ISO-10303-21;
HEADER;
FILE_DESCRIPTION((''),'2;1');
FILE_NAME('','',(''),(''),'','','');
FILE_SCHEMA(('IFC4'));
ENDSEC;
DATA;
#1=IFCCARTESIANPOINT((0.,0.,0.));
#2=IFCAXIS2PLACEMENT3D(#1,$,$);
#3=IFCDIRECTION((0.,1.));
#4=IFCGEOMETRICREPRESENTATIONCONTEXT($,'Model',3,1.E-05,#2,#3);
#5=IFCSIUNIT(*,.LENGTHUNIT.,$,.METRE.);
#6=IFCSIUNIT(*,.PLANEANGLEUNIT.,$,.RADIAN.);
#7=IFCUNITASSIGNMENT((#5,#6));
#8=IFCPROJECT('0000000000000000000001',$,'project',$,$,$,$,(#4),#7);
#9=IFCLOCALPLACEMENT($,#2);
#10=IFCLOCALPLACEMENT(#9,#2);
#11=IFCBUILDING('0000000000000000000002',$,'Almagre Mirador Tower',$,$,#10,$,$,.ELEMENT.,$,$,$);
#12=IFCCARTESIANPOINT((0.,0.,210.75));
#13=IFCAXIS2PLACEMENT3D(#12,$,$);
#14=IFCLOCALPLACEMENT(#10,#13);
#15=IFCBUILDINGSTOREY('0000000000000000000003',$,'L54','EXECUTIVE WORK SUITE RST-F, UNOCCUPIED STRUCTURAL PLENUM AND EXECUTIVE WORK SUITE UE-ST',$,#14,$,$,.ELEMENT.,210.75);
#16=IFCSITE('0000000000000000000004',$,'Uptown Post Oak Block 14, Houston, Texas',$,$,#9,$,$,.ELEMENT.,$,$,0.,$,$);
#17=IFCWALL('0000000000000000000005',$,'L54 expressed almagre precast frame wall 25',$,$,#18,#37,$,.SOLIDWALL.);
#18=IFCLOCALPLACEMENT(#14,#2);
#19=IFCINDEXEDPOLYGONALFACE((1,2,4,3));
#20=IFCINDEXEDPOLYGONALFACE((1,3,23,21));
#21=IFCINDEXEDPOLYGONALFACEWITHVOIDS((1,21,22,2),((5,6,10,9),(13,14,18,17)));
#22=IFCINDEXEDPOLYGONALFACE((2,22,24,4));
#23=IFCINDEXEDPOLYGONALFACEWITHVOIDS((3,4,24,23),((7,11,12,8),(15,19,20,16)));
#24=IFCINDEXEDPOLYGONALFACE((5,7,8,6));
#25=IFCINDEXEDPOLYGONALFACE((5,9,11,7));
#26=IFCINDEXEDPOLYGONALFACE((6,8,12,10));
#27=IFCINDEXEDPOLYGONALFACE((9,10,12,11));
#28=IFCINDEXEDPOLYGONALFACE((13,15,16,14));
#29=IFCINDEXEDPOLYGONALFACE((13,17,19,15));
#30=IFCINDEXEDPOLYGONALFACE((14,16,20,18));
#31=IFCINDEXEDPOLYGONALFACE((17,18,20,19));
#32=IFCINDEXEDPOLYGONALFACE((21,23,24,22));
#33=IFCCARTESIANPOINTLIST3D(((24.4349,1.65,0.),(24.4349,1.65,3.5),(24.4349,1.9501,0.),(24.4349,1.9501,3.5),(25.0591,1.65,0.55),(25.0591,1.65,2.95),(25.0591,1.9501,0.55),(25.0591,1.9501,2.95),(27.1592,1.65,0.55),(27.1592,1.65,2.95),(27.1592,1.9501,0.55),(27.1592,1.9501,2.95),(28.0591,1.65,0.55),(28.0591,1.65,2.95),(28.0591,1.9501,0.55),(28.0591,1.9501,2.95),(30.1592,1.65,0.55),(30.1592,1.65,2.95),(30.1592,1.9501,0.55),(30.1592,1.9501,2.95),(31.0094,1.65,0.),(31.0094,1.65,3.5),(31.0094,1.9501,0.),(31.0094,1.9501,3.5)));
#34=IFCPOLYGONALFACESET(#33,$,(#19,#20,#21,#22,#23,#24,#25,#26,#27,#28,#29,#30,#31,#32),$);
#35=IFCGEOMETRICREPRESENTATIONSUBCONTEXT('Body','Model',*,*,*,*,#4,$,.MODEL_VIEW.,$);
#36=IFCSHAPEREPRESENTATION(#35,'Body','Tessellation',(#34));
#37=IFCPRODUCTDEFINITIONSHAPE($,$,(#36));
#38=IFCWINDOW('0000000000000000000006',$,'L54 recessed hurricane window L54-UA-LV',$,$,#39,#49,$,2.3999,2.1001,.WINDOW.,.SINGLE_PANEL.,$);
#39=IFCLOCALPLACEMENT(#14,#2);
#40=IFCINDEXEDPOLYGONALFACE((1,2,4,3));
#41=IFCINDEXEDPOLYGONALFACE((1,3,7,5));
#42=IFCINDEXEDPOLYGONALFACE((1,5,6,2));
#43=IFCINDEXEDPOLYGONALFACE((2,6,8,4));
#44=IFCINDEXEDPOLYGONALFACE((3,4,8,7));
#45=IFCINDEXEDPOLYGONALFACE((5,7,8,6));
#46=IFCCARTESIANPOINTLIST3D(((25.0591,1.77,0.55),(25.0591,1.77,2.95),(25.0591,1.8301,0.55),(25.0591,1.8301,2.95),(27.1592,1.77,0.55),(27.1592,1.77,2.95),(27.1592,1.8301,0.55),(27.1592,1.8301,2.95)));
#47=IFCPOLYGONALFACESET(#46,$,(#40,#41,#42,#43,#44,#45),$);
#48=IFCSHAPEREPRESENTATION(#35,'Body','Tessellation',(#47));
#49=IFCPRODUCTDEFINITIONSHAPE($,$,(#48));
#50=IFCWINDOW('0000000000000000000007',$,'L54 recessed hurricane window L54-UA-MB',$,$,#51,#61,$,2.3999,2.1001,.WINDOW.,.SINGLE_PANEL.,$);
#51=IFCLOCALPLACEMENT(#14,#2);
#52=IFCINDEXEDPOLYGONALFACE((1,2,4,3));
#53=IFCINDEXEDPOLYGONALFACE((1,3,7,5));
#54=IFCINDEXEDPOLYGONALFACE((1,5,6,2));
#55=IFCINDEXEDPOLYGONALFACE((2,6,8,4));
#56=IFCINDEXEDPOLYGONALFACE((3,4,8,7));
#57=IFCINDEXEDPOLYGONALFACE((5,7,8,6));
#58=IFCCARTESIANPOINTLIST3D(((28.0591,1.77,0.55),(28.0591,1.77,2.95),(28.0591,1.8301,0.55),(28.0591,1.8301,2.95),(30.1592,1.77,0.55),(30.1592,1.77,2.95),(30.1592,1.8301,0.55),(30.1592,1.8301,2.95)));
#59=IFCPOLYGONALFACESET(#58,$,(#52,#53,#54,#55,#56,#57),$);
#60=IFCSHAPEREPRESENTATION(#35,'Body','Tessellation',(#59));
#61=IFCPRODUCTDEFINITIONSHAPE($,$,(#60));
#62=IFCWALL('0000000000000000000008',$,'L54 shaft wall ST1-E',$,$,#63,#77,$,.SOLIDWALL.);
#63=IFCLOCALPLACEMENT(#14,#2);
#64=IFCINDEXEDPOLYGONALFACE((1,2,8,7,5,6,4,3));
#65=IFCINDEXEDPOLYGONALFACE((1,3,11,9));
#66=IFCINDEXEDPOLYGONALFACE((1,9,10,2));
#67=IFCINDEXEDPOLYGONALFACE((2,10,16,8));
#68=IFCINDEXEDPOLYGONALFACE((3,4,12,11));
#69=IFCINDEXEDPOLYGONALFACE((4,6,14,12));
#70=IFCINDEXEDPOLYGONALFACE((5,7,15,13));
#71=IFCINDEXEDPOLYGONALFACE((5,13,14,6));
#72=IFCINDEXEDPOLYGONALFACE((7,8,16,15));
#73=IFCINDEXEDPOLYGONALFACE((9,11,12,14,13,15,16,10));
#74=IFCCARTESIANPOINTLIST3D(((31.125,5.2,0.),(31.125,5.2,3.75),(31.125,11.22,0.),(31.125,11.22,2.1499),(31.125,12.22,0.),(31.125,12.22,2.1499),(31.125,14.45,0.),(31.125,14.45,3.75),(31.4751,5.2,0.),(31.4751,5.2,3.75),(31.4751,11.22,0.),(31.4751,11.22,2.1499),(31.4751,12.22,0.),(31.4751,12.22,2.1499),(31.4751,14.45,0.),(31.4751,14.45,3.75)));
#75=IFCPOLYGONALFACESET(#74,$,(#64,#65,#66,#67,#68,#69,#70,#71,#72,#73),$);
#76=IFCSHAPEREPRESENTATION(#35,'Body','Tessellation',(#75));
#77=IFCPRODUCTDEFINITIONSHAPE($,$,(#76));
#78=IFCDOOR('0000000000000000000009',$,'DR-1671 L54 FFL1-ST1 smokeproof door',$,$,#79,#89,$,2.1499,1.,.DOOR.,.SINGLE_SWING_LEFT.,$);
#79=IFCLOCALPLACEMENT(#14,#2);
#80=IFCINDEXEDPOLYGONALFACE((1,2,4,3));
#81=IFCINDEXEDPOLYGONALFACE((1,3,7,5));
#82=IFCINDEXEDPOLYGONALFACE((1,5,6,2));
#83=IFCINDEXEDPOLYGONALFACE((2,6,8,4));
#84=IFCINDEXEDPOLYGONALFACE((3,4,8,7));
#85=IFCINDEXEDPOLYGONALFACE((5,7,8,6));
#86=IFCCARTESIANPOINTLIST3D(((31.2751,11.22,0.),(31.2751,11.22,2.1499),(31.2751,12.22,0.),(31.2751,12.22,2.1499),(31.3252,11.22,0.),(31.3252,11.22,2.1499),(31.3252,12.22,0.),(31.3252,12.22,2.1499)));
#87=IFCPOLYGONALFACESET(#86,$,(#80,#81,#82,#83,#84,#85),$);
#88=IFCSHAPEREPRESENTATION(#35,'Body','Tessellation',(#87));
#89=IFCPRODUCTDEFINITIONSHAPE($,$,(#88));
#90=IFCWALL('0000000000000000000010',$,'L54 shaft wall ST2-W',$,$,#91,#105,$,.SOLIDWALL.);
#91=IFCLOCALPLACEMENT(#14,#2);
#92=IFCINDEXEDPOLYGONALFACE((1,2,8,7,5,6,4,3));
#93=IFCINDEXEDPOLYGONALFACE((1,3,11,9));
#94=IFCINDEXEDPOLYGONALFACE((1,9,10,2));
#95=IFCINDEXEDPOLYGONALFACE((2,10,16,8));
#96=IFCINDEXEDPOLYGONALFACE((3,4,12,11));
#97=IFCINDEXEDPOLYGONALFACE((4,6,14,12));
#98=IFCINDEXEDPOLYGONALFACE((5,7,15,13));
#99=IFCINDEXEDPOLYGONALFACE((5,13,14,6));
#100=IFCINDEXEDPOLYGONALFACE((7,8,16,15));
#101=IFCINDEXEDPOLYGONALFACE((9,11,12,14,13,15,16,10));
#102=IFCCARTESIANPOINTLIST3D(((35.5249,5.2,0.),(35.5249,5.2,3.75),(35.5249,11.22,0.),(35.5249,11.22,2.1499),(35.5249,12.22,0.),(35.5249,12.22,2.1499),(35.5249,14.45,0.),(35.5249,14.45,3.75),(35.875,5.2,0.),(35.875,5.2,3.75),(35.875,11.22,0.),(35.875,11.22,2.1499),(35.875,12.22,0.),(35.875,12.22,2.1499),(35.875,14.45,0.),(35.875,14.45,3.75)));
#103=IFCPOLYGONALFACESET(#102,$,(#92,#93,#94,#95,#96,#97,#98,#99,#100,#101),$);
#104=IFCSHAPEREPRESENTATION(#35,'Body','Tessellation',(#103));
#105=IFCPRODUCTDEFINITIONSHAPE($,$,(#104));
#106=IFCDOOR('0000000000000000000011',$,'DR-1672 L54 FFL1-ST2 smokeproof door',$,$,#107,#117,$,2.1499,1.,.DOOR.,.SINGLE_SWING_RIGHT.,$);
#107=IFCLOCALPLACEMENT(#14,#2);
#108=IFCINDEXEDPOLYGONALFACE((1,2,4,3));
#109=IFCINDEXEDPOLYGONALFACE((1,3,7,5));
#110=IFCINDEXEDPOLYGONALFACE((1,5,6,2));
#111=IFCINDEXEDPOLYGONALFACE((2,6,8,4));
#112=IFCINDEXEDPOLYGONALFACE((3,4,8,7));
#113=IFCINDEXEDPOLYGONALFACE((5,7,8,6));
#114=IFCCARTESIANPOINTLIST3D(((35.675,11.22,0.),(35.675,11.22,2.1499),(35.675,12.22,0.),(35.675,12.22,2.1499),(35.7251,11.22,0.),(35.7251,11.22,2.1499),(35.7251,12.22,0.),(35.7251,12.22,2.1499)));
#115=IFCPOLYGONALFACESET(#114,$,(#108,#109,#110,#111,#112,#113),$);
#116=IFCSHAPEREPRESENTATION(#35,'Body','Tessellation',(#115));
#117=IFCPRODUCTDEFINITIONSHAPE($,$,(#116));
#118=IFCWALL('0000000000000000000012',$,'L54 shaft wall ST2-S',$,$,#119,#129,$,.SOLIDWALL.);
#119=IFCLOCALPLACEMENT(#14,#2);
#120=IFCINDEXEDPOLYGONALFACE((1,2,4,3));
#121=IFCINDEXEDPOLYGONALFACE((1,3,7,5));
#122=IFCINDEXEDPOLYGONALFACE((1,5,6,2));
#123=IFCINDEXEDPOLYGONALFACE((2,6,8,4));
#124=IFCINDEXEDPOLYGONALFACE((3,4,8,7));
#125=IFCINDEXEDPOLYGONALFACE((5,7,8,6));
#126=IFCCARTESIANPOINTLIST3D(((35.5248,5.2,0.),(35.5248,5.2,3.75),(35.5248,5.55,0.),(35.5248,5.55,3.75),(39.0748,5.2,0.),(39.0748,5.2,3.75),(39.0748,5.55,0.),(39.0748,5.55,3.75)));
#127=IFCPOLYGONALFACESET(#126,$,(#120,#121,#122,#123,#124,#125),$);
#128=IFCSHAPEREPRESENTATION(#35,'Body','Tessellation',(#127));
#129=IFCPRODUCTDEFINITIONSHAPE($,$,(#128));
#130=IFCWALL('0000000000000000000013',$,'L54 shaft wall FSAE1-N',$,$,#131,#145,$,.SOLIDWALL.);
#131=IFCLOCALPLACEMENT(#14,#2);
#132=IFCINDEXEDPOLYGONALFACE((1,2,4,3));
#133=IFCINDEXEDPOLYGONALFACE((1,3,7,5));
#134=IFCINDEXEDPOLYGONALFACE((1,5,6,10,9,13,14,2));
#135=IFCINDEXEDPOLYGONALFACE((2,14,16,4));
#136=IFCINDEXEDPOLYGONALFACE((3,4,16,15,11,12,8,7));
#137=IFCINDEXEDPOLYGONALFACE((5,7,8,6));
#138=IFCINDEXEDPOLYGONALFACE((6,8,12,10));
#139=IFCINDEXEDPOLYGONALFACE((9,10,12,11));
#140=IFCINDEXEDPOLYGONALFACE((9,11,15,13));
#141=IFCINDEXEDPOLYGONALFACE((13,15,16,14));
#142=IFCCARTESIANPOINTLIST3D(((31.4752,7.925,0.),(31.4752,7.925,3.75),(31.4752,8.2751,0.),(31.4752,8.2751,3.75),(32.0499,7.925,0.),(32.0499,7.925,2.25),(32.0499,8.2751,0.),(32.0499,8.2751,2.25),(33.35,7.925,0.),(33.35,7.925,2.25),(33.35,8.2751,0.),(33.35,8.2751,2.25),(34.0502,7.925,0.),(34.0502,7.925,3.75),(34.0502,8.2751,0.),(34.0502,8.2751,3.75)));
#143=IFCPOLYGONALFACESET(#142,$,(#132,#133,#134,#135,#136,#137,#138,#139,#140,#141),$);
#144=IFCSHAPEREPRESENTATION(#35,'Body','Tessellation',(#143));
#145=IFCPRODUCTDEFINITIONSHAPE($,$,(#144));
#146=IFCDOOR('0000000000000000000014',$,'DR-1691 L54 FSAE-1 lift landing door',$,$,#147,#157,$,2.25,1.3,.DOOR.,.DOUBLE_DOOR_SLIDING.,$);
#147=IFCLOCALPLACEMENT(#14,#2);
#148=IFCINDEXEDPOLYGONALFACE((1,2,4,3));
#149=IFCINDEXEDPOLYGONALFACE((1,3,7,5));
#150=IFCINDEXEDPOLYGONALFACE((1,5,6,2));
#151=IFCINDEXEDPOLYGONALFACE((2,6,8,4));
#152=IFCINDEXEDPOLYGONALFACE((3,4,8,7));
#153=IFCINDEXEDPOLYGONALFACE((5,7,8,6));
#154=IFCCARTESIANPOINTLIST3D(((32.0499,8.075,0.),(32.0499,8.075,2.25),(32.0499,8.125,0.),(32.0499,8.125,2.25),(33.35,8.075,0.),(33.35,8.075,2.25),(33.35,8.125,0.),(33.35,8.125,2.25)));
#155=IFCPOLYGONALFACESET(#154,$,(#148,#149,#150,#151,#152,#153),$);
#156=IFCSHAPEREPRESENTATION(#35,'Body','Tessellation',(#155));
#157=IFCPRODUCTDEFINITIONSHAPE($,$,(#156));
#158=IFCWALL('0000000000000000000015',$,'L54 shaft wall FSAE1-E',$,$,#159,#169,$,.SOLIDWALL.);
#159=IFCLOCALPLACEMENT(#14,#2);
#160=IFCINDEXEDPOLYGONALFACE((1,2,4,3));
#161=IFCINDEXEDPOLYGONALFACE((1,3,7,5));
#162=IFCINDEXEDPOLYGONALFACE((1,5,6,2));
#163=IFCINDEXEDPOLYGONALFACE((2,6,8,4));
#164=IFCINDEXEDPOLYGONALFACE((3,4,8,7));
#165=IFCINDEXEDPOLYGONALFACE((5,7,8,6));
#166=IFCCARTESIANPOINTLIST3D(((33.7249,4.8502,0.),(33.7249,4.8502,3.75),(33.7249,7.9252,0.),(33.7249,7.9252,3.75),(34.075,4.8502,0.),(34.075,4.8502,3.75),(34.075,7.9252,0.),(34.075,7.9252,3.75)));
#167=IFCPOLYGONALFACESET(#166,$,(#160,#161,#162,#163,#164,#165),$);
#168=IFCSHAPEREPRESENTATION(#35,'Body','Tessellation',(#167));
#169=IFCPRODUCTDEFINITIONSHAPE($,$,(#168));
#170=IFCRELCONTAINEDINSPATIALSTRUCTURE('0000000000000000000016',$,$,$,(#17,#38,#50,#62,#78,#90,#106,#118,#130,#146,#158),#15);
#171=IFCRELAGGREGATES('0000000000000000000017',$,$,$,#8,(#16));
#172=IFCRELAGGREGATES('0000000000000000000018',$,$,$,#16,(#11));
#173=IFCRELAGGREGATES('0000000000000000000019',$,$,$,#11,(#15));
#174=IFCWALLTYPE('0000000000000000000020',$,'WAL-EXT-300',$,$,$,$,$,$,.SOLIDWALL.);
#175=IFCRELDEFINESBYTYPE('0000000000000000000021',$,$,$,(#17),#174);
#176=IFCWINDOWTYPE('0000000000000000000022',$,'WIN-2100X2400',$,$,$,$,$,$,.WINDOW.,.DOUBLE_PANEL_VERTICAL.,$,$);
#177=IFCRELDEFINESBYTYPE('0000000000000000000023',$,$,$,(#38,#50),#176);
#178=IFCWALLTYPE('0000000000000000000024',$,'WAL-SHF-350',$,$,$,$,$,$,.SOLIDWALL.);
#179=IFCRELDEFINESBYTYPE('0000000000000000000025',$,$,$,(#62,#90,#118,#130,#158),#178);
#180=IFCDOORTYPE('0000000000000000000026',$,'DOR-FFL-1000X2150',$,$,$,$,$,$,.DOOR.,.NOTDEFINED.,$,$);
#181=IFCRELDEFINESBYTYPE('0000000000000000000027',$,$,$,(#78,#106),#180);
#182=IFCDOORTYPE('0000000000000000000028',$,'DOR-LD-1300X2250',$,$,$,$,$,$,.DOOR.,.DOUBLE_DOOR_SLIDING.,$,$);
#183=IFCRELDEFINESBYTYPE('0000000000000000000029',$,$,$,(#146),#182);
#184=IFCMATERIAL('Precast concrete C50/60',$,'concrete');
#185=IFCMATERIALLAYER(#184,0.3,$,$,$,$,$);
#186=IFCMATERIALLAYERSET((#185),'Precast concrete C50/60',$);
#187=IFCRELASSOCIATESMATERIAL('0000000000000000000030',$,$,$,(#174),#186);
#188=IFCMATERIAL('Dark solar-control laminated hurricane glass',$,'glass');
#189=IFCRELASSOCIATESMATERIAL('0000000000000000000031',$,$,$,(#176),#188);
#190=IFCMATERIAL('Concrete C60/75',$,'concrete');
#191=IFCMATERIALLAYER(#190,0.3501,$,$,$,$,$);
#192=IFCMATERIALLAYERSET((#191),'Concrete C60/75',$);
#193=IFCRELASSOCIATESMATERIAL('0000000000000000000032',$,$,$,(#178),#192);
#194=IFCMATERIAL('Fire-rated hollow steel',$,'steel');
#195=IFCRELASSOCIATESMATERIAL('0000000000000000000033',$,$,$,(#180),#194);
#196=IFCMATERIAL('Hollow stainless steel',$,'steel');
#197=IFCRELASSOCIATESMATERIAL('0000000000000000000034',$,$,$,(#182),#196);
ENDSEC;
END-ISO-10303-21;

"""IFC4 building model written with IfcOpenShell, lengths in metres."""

from ifc_helpers import new_model, si_unit, direction, frame, frame_2d, origin, place, context, subcontext, project, spatial, rectangle, extrude, material, layer, layer_set, type_object, element, fill, save


model = new_model("IFC4")

# Units and contexts
model_context = context("Model", 3, precision=1e-05, world=origin(), true_north=direction((0.0, 1.0)))
body_context = subcontext(model_context, "Body", "Model", "MODEL_VIEW")
ifc_project = project(units=[si_unit("LENGTHUNIT", "METRE"), si_unit("PLANEANGLEUNIT", "RADIAN")], contexts=[model_context])

# Site, building, storey
site_placement = place(None, origin())
site = spatial("IfcSite", under=ifc_project, at=site_placement, Name="Uptown Post Oak Block 14, Houston, Texas", CompositionType="ELEMENT", RefElevation=0.0)
building_placement = place(site_placement, origin())
building = spatial("IfcBuilding", under=site, at=building_placement, Name="Almagre Mirador Tower", CompositionType="ELEMENT")
storey_placement = place(building_placement, frame((0.0, 0.0, 210.75)))
storey = spatial("IfcBuildingStorey", under=building, at=storey_placement, Name="L54", Description="EXECUTIVE WORK SUITE RST-F, UNOCCUPIED STRUCTURAL PLENUM AND EXECUTIVE WORK SUITE UE-ST", CompositionType="ELEMENT", Elevation=210.75)

# Wall, openings, windows
ifc_material_1 = material(Name="Precast concrete C50/60", Category="concrete")
ifc_layer_1 = layer(ifc_material_1, 0.3)
ifc_layer_set_1 = layer_set([ifc_layer_1], Name="Precast concrete C50/60")
wall_type_1 = type_object("IfcWallType", Name="WAL-EXT-300", PredefinedType="SOLIDWALL", material=ifc_layer_set_1)
wall_1_placement = place(storey_placement, frame((31.0093, 1.8, 0.0), z_axis=(0.0, 0.0, 1.0), x_axis=(-1.0, 0.0, 0.0)))
wall_1 = element("IfcWall", 1, at=wall_1_placement, inside=storey, type_object=wall_type_1, Name="L54 expressed almagre precast frame wall 25", PredefinedType="SOLIDWALL", context=body_context, shape_type="SweptSolid", body=[
    extrude(rectangle(XDim=6.5745, YDim=0.3, at=frame_2d((3.2871, 0.0))), origin(), (0.0, 0.0, 1.0), 3.5),
])
opening_1_placement = place(wall_1_placement, frame((3.8501, 0.0, 0.55)))
opening_1 = element("IfcOpeningElement", 2, at=opening_1_placement, cuts=wall_1, PredefinedType="OPENING", context=body_context, shape_type="SweptSolid", body=[
    extrude(rectangle(XDim=2.1001, YDim=2.3999, at=frame_2d((1.05, 1.2))), frame((0.0, 0.1599, 0.0), z_axis=(0.0, -1.0, 0.0), x_axis=(1.0, 0.0, 0.0)), (0.0, 0.0, 1.0), 0.32),
])
opening_2_placement = place(wall_1_placement, frame((0.8501, 0.0, 0.55)))
opening_2 = element("IfcOpeningElement", 3, at=opening_2_placement, cuts=wall_1, PredefinedType="OPENING", context=body_context, shape_type="SweptSolid", body=[
    extrude(rectangle(XDim=2.1001, YDim=2.3999, at=frame_2d((1.05, 1.2))), frame((0.0, 0.1599, 0.0), z_axis=(0.0, -1.0, 0.0), x_axis=(1.0, 0.0, 0.0)), (0.0, 0.0, 1.0), 0.32),
])
ifc_material_2 = material(Name="Dark solar-control laminated hurricane glass", Category="glass")
window_type = type_object("IfcWindowType", Name="WIN-2100X2400", PartitioningType="DOUBLE_PANEL_VERTICAL", PredefinedType="WINDOW", material=ifc_material_2)
window_1_placement = place(opening_1_placement, origin())
window_1 = element("IfcWindow", 4, at=window_1_placement, inside=storey, type_object=window_type, Name="L54 recessed hurricane window L54-UA-LV", OverallHeight=2.3999, OverallWidth=2.1001, PartitioningType="SINGLE_PANEL", PredefinedType="WINDOW", context=body_context, shape_type="SweptSolid", body=[
    extrude(rectangle(XDim=2.1001, YDim=2.3999, at=frame_2d((1.05, 1.2))), frame((0.0, 0.03, 0.0), z_axis=(0.0, -1.0, 0.0), x_axis=(1.0, 0.0, 0.0)), (0.0, 0.0, 1.0), 0.0601),
])
fill(opening_1, window_1)
window_2_placement = place(opening_2_placement, origin())
window_2 = element("IfcWindow", 5, at=window_2_placement, inside=storey, type_object=window_type, Name="L54 recessed hurricane window L54-UA-MB", OverallHeight=2.3999, OverallWidth=2.1001, PartitioningType="SINGLE_PANEL", PredefinedType="WINDOW", context=body_context, shape_type="SweptSolid", body=[
    extrude(rectangle(XDim=2.1001, YDim=2.3999, at=frame_2d((1.05, 1.2))), frame((0.0, 0.03, 0.0), z_axis=(0.0, -1.0, 0.0), x_axis=(1.0, 0.0, 0.0)), (0.0, 0.0, 1.0), 0.0601),
])
fill(opening_2, window_2)

# Walls, openings, doors
ifc_material_3 = material(Name="Concrete C60/75", Category="concrete")
ifc_layer_2 = layer(ifc_material_3, 0.3501)
ifc_layer_set_2 = layer_set([ifc_layer_2], Name="Concrete C60/75")
wall_type_2 = type_object("IfcWallType", Name="WAL-SHF-350", PredefinedType="SOLIDWALL", material=ifc_layer_set_2)
wall_2_placement = place(storey_placement, frame((31.3, 5.2, 0.0), z_axis=(0.0, 0.0, 1.0), x_axis=(0.0, 1.0, 0.0)))
wall_2 = element("IfcWall", 6, at=wall_2_placement, inside=storey, type_object=wall_type_2, Name="L54 shaft wall ST1-E", PredefinedType="SOLIDWALL", context=body_context, shape_type="SweptSolid", body=[
    extrude(rectangle(XDim=9.25, YDim=0.3501, at=frame_2d((4.625, 0.0))), origin(), (0.0, 0.0, 1.0), 3.75),
])
opening_3_placement = place(wall_2_placement, frame((6.02, 0.0, 0.0)))
opening_3 = element("IfcOpeningElement", 7, at=opening_3_placement, cuts=wall_2, PredefinedType="OPENING", context=body_context, shape_type="SweptSolid", body=[
    extrude(rectangle(XDim=1.0, YDim=2.1499, at=frame_2d((0.5, 1.075))), frame((0.0, 0.185, 0.0), z_axis=(0.0, -1.0, 0.0), x_axis=(1.0, 0.0, 0.0)), (0.0, 0.0, 1.0), 0.3701),
])
ifc_material_4 = material(Name="Fire-rated hollow steel", Category="steel")
door_type_1 = type_object("IfcDoorType", Name="DOR-FFL-1000X2150", OperationType="NOTDEFINED", PredefinedType="DOOR", material=ifc_material_4)
door_1_placement = place(opening_3_placement, origin())
door_1 = element("IfcDoor", 8, at=door_1_placement, inside=storey, type_object=door_type_1, Name="DR-1671 L54 FFL1-ST1 smokeproof door", OperationType="SINGLE_SWING_LEFT", OverallHeight=2.1499, OverallWidth=1.0, PredefinedType="DOOR", context=body_context, shape_type="SweptSolid", body=[
    extrude(rectangle(XDim=1.0, YDim=2.1499, at=frame_2d((0.5, 1.075))), frame((0.0, 0.0249, 0.0), z_axis=(0.0, -1.0, 0.0), x_axis=(1.0, 0.0, 0.0)), (0.0, 0.0, 1.0), 0.05),
])
fill(opening_3, door_1)
wall_3_placement = place(storey_placement, frame((35.7, 5.2, 0.0), z_axis=(0.0, 0.0, 1.0), x_axis=(0.0, 1.0, 0.0)))
wall_3 = element("IfcWall", 9, at=wall_3_placement, inside=storey, type_object=wall_type_2, Name="L54 shaft wall ST2-W", PredefinedType="SOLIDWALL", context=body_context, shape_type="SweptSolid", body=[
    extrude(rectangle(XDim=9.25, YDim=0.3501, at=frame_2d((4.625, 0.0))), origin(), (0.0, 0.0, 1.0), 3.75),
])
opening_4_placement = place(wall_3_placement, frame((6.02, 0.0, 0.0)))
opening_4 = element("IfcOpeningElement", 10, at=opening_4_placement, cuts=wall_3, PredefinedType="OPENING", context=body_context, shape_type="SweptSolid", body=[
    extrude(rectangle(XDim=1.0, YDim=2.1499, at=frame_2d((0.5, 1.075))), frame((0.0, 0.185, 0.0), z_axis=(0.0, -1.0, 0.0), x_axis=(1.0, 0.0, 0.0)), (0.0, 0.0, 1.0), 0.3701),
])
door_2_placement = place(opening_4_placement, origin())
door_2 = element("IfcDoor", 11, at=door_2_placement, inside=storey, type_object=door_type_1, Name="DR-1672 L54 FFL1-ST2 smokeproof door", OperationType="SINGLE_SWING_RIGHT", OverallHeight=2.1499, OverallWidth=1.0, PredefinedType="DOOR", context=body_context, shape_type="SweptSolid", body=[
    extrude(rectangle(XDim=1.0, YDim=2.1499, at=frame_2d((0.5, 1.075))), frame((0.0, 0.0249, 0.0), z_axis=(0.0, -1.0, 0.0), x_axis=(1.0, 0.0, 0.0)), (0.0, 0.0, 1.0), 0.05),
])
fill(opening_4, door_2)

# Wall
wall_4_placement = place(storey_placement, frame((35.5249, 5.375, 0.0), z_axis=(0.0, 0.0, 1.0), x_axis=(1.0, 0.0, 0.0)))
element("IfcWall", 12, at=wall_4_placement, inside=storey, type_object=wall_type_2, Name="L54 shaft wall ST2-S", PredefinedType="SOLIDWALL", context=body_context, shape_type="SweptSolid", body=[
    extrude(rectangle(XDim=3.55, YDim=0.3501, at=frame_2d((1.7749, 0.0))), origin(), (0.0, 0.0, 1.0), 3.75),
])

# Wall, opening, door
wall_5_placement = place(storey_placement, frame((31.4751, 8.1001, 0.0), z_axis=(0.0, 0.0, 1.0), x_axis=(1.0, 0.0, 0.0)))
wall_5 = element("IfcWall", 13, at=wall_5_placement, inside=storey, type_object=wall_type_2, Name="L54 shaft wall FSAE1-N", PredefinedType="SOLIDWALL", context=body_context, shape_type="SweptSolid", body=[
    extrude(rectangle(XDim=2.575, YDim=0.3501, at=frame_2d((1.2876, 0.0))), origin(), (0.0, 0.0, 1.0), 3.75),
])
opening_5_placement = place(wall_5_placement, frame((0.575, 0.0, 0.0)))
opening_5 = element("IfcOpeningElement", 14, at=opening_5_placement, cuts=wall_5, PredefinedType="OPENING", context=body_context, shape_type="SweptSolid", body=[
    extrude(rectangle(XDim=1.3, YDim=2.25, at=frame_2d((0.6499, 1.125))), frame((0.0, 0.185, 0.0), z_axis=(0.0, -1.0, 0.0), x_axis=(1.0, 0.0, 0.0)), (0.0, 0.0, 1.0), 0.3701),
])
ifc_material_5 = material(Name="Hollow stainless steel", Category="steel")
door_type_2 = type_object("IfcDoorType", Name="DOR-LD-1300X2250", OperationType="DOUBLE_DOOR_SLIDING", PredefinedType="DOOR", material=ifc_material_5)
door_3_placement = place(opening_5_placement, origin())
door_3 = element("IfcDoor", 15, at=door_3_placement, inside=storey, type_object=door_type_2, Name="DR-1691 L54 FSAE-1 lift landing door", OperationType="DOUBLE_DOOR_SLIDING", OverallHeight=2.25, OverallWidth=1.3, PredefinedType="DOOR", context=body_context, shape_type="SweptSolid", body=[
    extrude(rectangle(XDim=1.3, YDim=2.25, at=frame_2d((0.6499, 1.125))), frame((0.0, 0.0249, 0.0), z_axis=(0.0, -1.0, 0.0), x_axis=(1.0, 0.0, 0.0)), (0.0, 0.0, 1.0), 0.05),
])
fill(opening_5, door_3)

# Wall
wall_6_placement = place(storey_placement, frame((33.8999, 4.8501, 0.0), z_axis=(0.0, 0.0, 1.0), x_axis=(0.0, 1.0, 0.0)))
element("IfcWall", 16, at=wall_6_placement, inside=storey, type_object=wall_type_2, Name="L54 shaft wall FSAE1-E", PredefinedType="SOLIDWALL", context=body_context, shape_type="SweptSolid", body=[
    extrude(rectangle(XDim=3.075, YDim=0.3501, at=frame_2d((1.5376, 0.0))), origin(), (0.0, 0.0, 1.0), 3.75),
])

save(model, "model.ifc")
